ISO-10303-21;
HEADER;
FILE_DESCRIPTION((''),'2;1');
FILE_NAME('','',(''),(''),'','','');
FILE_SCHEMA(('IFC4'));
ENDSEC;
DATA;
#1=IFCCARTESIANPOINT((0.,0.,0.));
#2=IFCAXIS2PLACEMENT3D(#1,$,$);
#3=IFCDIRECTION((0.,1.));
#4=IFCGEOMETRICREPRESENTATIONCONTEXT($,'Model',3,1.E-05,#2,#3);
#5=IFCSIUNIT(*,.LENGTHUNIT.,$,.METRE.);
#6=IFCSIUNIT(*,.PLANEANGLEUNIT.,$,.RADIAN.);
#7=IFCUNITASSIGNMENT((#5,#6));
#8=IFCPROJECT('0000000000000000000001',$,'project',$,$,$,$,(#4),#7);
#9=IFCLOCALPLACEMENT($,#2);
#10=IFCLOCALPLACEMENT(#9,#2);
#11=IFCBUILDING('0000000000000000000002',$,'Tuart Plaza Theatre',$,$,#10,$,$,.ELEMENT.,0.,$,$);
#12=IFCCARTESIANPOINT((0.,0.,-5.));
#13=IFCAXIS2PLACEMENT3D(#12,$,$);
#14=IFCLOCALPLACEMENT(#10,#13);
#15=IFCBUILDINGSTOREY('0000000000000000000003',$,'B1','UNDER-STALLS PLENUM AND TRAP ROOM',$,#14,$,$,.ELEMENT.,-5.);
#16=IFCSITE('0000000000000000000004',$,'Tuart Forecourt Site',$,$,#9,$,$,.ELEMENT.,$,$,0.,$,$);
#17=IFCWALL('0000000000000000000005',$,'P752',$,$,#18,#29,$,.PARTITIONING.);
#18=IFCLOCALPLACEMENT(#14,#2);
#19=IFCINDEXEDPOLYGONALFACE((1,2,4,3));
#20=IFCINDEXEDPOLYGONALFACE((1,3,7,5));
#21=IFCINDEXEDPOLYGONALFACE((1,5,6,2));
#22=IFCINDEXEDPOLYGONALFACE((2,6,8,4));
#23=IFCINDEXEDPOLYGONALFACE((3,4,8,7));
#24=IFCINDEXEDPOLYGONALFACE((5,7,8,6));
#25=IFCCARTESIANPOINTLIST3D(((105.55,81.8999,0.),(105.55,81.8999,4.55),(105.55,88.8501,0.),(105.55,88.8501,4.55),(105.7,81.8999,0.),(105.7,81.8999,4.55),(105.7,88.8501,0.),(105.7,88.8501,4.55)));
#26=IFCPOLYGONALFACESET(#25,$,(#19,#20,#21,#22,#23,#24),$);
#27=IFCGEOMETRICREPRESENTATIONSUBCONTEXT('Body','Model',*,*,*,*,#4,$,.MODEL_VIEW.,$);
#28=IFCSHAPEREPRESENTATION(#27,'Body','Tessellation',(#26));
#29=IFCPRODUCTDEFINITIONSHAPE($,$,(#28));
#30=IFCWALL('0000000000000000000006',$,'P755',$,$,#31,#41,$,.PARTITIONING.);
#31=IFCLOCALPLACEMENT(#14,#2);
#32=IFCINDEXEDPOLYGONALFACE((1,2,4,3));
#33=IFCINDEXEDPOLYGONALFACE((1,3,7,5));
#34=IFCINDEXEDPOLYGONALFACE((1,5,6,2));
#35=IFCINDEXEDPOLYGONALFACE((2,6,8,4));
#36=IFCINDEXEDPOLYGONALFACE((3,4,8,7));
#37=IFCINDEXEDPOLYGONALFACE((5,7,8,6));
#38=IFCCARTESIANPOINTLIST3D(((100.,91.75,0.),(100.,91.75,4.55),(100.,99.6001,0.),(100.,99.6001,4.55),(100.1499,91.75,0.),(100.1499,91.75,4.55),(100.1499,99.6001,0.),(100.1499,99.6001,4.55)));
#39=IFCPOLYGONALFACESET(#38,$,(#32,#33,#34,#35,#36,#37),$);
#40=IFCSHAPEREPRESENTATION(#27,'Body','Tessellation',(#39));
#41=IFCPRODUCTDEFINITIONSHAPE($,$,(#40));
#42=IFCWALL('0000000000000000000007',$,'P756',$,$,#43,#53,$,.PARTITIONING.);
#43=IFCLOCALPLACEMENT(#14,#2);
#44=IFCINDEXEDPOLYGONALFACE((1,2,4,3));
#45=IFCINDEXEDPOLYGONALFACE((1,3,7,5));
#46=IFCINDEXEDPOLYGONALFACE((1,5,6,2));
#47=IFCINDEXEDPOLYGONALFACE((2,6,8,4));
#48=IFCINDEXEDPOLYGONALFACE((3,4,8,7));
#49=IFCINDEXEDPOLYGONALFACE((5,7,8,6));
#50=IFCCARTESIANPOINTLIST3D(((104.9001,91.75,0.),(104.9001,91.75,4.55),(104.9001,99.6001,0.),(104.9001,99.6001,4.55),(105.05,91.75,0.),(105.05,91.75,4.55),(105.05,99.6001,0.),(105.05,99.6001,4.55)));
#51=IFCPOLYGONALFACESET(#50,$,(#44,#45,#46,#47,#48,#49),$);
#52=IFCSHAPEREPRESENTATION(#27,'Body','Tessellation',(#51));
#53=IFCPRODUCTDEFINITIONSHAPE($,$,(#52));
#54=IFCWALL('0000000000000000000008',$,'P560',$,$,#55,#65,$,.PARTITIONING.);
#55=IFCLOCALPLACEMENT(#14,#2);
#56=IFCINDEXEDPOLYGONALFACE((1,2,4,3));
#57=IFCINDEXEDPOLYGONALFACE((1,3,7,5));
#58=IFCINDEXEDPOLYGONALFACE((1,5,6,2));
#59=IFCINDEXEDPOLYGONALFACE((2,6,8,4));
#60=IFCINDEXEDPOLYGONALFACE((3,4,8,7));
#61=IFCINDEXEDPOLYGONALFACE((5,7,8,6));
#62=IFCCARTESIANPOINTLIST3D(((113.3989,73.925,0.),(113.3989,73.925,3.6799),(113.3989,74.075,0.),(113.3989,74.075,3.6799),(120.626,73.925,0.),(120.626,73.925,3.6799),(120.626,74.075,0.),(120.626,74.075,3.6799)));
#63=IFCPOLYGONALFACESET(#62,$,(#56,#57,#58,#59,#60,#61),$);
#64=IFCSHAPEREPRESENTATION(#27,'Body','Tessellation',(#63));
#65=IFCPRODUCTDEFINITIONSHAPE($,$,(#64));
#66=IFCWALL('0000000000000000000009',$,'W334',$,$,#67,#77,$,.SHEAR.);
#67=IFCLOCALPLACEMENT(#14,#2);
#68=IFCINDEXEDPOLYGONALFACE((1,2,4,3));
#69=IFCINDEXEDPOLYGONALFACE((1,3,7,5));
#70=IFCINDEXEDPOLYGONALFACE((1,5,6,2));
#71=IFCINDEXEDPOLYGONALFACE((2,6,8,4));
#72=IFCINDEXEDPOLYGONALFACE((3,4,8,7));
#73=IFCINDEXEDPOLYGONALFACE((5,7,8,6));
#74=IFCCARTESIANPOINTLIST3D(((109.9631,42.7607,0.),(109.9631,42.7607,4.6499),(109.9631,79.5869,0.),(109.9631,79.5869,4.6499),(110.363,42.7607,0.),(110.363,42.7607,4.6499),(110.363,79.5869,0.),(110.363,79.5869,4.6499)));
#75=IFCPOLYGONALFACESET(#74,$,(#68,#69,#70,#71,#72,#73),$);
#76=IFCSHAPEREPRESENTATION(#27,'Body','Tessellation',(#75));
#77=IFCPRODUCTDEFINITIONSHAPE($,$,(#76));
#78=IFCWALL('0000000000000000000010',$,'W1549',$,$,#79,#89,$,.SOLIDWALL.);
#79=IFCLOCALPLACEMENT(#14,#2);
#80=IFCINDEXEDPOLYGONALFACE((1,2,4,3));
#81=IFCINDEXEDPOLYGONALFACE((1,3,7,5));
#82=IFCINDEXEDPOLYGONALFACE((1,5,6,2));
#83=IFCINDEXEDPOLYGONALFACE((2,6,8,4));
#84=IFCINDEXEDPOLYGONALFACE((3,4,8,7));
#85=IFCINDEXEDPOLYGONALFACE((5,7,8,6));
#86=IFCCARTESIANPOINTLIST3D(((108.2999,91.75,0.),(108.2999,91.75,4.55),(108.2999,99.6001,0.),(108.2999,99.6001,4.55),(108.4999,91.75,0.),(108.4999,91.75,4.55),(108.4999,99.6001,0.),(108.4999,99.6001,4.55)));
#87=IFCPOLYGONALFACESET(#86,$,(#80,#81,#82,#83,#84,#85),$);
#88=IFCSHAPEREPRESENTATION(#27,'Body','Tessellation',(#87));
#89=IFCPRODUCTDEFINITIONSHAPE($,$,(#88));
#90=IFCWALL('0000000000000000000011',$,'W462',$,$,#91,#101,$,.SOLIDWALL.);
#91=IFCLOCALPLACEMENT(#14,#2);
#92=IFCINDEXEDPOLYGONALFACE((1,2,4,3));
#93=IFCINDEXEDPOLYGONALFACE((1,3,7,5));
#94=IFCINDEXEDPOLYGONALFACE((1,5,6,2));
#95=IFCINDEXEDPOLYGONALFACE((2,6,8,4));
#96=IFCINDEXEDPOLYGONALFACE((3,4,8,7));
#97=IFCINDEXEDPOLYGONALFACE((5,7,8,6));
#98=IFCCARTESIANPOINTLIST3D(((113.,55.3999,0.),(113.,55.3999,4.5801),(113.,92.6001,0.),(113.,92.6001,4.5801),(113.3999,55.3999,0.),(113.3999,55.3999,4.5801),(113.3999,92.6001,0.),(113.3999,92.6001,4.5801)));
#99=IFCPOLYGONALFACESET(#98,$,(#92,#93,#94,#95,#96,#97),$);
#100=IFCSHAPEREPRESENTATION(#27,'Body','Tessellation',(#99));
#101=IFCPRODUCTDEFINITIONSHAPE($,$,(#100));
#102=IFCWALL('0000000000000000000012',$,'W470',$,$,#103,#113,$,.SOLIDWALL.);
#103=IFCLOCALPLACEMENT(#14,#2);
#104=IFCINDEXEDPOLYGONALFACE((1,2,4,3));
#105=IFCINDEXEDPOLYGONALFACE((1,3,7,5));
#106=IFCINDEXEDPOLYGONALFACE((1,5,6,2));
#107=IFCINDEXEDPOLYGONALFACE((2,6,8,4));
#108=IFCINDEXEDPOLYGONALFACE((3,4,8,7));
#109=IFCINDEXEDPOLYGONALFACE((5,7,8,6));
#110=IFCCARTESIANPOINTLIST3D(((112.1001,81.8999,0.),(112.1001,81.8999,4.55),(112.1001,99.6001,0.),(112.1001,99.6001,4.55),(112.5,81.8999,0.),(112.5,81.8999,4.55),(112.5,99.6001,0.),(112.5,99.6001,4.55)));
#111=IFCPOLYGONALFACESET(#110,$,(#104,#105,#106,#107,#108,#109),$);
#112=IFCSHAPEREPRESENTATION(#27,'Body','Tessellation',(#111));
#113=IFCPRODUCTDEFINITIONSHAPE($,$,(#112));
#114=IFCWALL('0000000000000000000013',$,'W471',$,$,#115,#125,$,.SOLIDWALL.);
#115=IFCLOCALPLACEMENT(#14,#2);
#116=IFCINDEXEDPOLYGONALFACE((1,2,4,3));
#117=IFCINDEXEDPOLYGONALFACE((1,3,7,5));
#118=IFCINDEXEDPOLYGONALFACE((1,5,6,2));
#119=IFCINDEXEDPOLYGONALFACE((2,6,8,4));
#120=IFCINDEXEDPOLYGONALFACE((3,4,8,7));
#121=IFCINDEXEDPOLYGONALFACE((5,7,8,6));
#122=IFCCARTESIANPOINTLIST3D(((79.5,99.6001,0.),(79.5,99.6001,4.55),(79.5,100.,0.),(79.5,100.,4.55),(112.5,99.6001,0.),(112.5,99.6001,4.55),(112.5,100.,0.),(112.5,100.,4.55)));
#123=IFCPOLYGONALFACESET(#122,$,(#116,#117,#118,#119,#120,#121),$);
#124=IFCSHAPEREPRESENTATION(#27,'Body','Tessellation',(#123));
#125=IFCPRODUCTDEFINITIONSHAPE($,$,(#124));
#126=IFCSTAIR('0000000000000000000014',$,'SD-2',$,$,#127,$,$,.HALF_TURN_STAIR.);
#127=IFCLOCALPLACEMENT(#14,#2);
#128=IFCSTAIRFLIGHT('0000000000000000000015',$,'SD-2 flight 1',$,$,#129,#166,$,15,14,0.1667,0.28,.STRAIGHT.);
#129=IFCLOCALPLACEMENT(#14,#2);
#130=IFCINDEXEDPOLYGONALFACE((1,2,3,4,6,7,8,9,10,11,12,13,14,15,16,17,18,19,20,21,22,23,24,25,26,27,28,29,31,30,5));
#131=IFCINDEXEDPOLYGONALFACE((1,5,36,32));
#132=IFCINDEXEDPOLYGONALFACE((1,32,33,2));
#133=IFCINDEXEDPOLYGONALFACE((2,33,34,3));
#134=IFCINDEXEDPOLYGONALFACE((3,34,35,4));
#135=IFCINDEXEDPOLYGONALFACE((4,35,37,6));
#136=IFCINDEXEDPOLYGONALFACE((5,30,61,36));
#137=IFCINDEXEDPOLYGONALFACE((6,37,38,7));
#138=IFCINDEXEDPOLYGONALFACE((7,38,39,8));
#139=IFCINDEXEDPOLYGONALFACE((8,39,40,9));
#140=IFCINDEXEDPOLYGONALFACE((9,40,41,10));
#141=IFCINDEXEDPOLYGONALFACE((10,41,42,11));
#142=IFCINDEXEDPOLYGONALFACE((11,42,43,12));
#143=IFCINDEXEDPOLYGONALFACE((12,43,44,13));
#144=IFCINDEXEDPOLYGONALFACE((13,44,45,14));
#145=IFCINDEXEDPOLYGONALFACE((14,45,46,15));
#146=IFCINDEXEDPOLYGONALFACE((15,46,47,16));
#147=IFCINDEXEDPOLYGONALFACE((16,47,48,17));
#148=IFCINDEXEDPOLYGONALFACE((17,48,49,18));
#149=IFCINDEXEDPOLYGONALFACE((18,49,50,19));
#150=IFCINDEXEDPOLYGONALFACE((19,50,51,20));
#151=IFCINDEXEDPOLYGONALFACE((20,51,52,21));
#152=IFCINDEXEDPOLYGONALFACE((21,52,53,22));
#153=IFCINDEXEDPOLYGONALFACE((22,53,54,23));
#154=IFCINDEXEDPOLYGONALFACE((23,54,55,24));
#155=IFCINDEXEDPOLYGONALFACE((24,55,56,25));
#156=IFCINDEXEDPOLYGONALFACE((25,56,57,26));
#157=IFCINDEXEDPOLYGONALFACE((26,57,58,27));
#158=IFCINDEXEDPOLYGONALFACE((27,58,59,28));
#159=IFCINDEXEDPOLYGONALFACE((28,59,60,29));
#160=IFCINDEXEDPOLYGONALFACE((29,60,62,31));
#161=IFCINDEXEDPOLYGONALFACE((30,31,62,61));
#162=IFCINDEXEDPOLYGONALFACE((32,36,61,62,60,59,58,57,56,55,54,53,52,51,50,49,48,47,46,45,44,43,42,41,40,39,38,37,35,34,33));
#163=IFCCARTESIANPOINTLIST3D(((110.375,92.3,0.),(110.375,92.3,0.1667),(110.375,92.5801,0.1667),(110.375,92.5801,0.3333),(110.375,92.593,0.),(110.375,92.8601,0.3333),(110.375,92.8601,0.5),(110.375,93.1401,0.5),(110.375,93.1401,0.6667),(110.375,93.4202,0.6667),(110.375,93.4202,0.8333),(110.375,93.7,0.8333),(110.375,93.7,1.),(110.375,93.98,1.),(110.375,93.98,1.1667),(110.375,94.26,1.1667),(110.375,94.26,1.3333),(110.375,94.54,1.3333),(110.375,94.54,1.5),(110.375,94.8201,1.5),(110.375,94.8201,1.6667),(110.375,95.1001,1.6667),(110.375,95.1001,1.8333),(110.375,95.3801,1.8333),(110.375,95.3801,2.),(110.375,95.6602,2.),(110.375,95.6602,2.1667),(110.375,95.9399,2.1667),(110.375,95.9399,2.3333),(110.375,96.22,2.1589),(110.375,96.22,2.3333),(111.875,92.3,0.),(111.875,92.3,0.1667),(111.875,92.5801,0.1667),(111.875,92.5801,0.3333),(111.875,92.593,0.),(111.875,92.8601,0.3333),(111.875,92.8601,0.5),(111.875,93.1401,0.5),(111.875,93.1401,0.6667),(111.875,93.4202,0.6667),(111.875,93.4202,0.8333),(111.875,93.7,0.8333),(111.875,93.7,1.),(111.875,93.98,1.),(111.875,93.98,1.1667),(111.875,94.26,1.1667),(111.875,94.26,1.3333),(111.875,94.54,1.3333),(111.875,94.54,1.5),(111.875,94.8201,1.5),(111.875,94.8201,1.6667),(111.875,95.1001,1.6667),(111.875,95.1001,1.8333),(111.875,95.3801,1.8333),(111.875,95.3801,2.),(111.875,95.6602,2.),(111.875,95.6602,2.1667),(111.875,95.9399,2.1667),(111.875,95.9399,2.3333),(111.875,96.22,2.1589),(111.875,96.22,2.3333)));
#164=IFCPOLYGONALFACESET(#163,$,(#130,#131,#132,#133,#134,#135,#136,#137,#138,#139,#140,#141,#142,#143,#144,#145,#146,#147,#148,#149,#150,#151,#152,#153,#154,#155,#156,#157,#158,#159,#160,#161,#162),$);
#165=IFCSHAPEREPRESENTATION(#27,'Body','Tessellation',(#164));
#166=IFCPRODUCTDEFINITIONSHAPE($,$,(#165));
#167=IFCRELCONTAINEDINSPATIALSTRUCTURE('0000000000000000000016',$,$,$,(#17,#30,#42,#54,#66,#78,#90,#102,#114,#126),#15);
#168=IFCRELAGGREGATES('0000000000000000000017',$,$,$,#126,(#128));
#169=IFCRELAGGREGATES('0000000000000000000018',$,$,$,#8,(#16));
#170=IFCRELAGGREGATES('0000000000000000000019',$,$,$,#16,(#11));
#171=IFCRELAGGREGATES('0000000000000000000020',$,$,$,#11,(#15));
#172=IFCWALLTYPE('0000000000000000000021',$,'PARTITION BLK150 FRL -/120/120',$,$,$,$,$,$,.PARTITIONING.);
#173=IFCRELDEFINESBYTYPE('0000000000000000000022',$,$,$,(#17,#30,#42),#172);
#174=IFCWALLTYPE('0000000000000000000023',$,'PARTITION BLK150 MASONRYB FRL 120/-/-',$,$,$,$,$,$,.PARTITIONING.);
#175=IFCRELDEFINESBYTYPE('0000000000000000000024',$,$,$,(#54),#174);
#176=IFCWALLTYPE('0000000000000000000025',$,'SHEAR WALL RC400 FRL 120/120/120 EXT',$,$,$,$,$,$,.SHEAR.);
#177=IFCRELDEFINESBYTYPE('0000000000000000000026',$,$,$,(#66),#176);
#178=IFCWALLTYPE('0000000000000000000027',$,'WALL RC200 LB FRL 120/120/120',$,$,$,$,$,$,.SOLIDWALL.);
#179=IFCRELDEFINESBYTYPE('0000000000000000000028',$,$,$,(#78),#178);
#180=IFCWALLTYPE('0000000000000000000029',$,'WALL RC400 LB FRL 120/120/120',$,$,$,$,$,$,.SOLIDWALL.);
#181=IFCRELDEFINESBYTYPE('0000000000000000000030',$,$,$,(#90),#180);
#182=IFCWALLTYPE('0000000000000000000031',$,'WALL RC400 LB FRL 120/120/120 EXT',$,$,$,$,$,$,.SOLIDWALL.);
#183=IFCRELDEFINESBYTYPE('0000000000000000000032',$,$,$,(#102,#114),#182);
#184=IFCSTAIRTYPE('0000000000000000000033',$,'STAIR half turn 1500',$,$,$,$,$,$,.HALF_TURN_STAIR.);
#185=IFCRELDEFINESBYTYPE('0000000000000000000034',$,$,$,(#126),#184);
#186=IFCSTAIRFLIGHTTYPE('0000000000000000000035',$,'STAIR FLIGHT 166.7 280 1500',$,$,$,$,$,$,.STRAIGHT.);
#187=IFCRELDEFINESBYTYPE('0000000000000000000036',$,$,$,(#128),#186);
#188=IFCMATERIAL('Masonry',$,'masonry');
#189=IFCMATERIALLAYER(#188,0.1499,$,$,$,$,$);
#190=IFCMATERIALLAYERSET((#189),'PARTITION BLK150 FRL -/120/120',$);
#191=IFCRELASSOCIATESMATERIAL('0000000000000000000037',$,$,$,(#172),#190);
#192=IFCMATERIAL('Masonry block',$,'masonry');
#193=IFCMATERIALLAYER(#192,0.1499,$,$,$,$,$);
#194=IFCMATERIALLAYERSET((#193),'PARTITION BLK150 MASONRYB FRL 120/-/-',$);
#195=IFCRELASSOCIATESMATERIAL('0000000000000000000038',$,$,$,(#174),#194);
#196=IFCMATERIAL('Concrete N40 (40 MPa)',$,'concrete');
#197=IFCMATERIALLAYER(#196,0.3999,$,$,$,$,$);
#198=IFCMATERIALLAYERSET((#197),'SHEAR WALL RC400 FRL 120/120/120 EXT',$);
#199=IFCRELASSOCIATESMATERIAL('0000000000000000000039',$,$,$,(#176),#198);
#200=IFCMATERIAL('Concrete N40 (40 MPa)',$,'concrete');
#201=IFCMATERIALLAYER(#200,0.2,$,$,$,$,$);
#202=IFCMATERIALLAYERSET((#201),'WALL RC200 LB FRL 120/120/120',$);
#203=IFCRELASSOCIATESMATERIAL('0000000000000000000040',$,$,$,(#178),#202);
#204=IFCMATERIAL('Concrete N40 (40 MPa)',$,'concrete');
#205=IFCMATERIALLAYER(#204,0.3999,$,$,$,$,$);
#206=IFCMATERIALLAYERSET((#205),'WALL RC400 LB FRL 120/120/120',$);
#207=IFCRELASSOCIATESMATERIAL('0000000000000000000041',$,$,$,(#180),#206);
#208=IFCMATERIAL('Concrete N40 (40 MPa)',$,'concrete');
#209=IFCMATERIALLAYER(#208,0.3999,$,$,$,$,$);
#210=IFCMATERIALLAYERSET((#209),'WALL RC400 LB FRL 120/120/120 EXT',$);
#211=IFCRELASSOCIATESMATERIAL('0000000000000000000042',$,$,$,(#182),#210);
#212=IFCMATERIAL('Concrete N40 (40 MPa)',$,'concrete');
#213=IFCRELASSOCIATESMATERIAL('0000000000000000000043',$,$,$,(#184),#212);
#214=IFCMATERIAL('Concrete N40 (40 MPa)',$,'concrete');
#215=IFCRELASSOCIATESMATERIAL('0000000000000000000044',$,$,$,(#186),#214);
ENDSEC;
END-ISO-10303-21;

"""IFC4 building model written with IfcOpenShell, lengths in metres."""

from ifc_helpers import new_model, si_unit, direction, frame, frame_2d, origin, place, context, subcontext, project, spatial, polyline, rectangle, outline, extrude, material, layer, layer_set, type_object, element, aggregate, save


model = new_model("IFC4")

# Units and contexts
model_context = context("Model", 3, precision=1e-05, world=origin(), true_north=direction((0.0, 1.0)))
body_context = subcontext(model_context, "Body", "Model", "MODEL_VIEW")
ifc_project = project(units=[si_unit("LENGTHUNIT", "METRE"), si_unit("PLANEANGLEUNIT", "RADIAN")], contexts=[model_context])

# Site, building, storey
site_placement = place(None, origin())
site = spatial("IfcSite", under=ifc_project, at=site_placement, Name="Tuart Forecourt Site", CompositionType="ELEMENT", RefElevation=0.0)
building_placement = place(site_placement, origin())
building = spatial("IfcBuilding", under=site, at=building_placement, Name="Tuart Plaza Theatre", CompositionType="ELEMENT", ElevationOfRefHeight=0.0)
storey_placement = place(building_placement, frame((0.0, 0.0, -5.0)))
storey = spatial("IfcBuildingStorey", under=building, at=storey_placement, Name="B1", Description="UNDER-STALLS PLENUM AND TRAP ROOM", CompositionType="ELEMENT", Elevation=-5.0)

# Walls
ifc_material_1 = material(Name="Masonry", Category="masonry")
ifc_layer_1 = layer(ifc_material_1, 0.1499)
ifc_layer_set_1 = layer_set([ifc_layer_1], Name="PARTITION BLK150 FRL -/120/120")
wall_type_1 = type_object("IfcWallType", Name="PARTITION BLK150 FRL -/120/120", PredefinedType="PARTITIONING", material=ifc_layer_set_1)
for number, where, z_axis, x_axis, name in (
    (1, (105.625, 81.8999, 0.0), (0.0, 0.0, 1.0), (0.0, 1.0, 0.0), "P752"),
):
    element("IfcWall", number, at=place(storey_placement, frame(where, z_axis=z_axis, x_axis=x_axis)), inside=storey, type_object=wall_type_1, Name=name, PredefinedType="PARTITIONING", context=body_context, shape_type="SweptSolid", body=[
        extrude(rectangle(XDim=6.9502, YDim=0.1499, at=frame_2d((3.4751, 0.0))), origin(), (0.0, 0.0, 1.0), 4.55),
    ])
for number, where, z_axis, x_axis, name in (
    (2, (100.075, 91.75, 0.0), (0.0, 0.0, 1.0), (0.0, 1.0, 0.0), "P755"),
    (3, (104.9751, 91.75, 0.0), (0.0, 0.0, 1.0), (0.0, 1.0, 0.0), "P756"),
):
    element("IfcWall", number, at=place(storey_placement, frame(where, z_axis=z_axis, x_axis=x_axis)), inside=storey, type_object=wall_type_1, Name=name, PredefinedType="PARTITIONING", context=body_context, shape_type="SweptSolid", body=[
        extrude(rectangle(XDim=7.8501, YDim=0.1499, at=frame_2d((3.925, 0.0))), origin(), (0.0, 0.0, 1.0), 4.55),
    ])
ifc_material_2 = material(Name="Masonry block", Category="masonry")
ifc_layer_2 = layer(ifc_material_2, 0.1499)
ifc_layer_set_2 = layer_set([ifc_layer_2], Name="PARTITION BLK150 MASONRYB FRL 120/-/-")
wall_type_2 = type_object("IfcWallType", Name="PARTITION BLK150 MASONRYB FRL 120/-/-", PredefinedType="PARTITIONING", material=ifc_layer_set_2)
wall_1_placement = place(storey_placement, frame((113.3989, 74.0, 0.0), z_axis=(0.0, 0.0, 1.0), x_axis=(1.0, 0.0, 0.0)))
element("IfcWall", 4, at=wall_1_placement, inside=storey, type_object=wall_type_2, Name="P560", PredefinedType="PARTITIONING", context=body_context, shape_type="SweptSolid", body=[
    extrude(rectangle(XDim=7.2271, YDim=0.1499, at=frame_2d((3.6135, 0.0))), origin(), (0.0, 0.0, 1.0), 3.6799),
])
ifc_material_3 = material(Name="Concrete N40 (40 MPa)", Category="concrete")
ifc_layer_3 = layer(ifc_material_3, 0.3999)
ifc_layer_set_3 = layer_set([ifc_layer_3], Name="SHEAR WALL RC400 FRL 120/120/120 EXT")
wall_type_3 = type_object("IfcWallType", Name="SHEAR WALL RC400 FRL 120/120/120 EXT", PredefinedType="SHEAR", material=ifc_layer_set_3)
wall_2_placement = place(storey_placement, frame((110.1631, 79.5869, 0.0), z_axis=(0.0, 0.0, 1.0), x_axis=(0.0, -1.0, 0.0)))
element("IfcWall", 5, at=wall_2_placement, inside=storey, type_object=wall_type_3, Name="W334", PredefinedType="SHEAR", context=body_context, shape_type="SweptSolid", body=[
    extrude(rectangle(XDim=36.8262, YDim=0.3999, at=frame_2d((18.4131, 0.0))), origin(), (0.0, 0.0, 1.0), 4.6499),
])
ifc_material_4 = material(Name="Concrete N40 (40 MPa)", Category="concrete")
ifc_layer_4 = layer(ifc_material_4, 0.2)
ifc_layer_set_4 = layer_set([ifc_layer_4], Name="WALL RC200 LB FRL 120/120/120")
wall_type_4 = type_object("IfcWallType", Name="WALL RC200 LB FRL 120/120/120", PredefinedType="SOLIDWALL", material=ifc_layer_set_4)
wall_3_placement = place(storey_placement, frame((108.3999, 91.75, 0.0), z_axis=(0.0, 0.0, 1.0), x_axis=(0.0, 1.0, 0.0)))
element("IfcWall", 6, at=wall_3_placement, inside=storey, type_object=wall_type_4, Name="W1549", PredefinedType="SOLIDWALL", context=body_context, shape_type="SweptSolid", body=[
    extrude(rectangle(XDim=7.8501, YDim=0.2, at=frame_2d((3.925, 0.0))), origin(), (0.0, 0.0, 1.0), 4.55),
])
ifc_material_5 = material(Name="Concrete N40 (40 MPa)", Category="concrete")
ifc_layer_5 = layer(ifc_material_5, 0.3999)
ifc_layer_set_5 = layer_set([ifc_layer_5], Name="WALL RC400 LB FRL 120/120/120")
wall_type_5 = type_object("IfcWallType", Name="WALL RC400 LB FRL 120/120/120", PredefinedType="SOLIDWALL", material=ifc_layer_set_5)
wall_4_placement = place(storey_placement, frame((113.2, 92.6001, 0.0), z_axis=(0.0, 0.0, 1.0), x_axis=(0.0, -1.0, 0.0)))
element("IfcWall", 7, at=wall_4_placement, inside=storey, type_object=wall_type_5, Name="W462", PredefinedType="SOLIDWALL", context=body_context, shape_type="SweptSolid", body=[
    extrude(rectangle(XDim=37.2002, YDim=0.3999, at=frame_2d((18.6001, 0.0))), origin(), (0.0, 0.0, 1.0), 4.5801),
])
ifc_material_6 = material(Name="Concrete N40 (40 MPa)", Category="concrete")
ifc_layer_6 = layer(ifc_material_6, 0.3999)
ifc_layer_set_6 = layer_set([ifc_layer_6], Name="WALL RC400 LB FRL 120/120/120 EXT")
wall_type_6 = type_object("IfcWallType", Name="WALL RC400 LB FRL 120/120/120 EXT", PredefinedType="SOLIDWALL", material=ifc_layer_set_6)
wall_5_placement = place(storey_placement, frame((112.3, 81.8999, 0.0), z_axis=(0.0, 0.0, 1.0), x_axis=(0.0, 1.0, 0.0)))
element("IfcWall", 8, at=wall_5_placement, inside=storey, type_object=wall_type_6, Name="W470", PredefinedType="SOLIDWALL", context=body_context, shape_type="SweptSolid", body=[
    extrude(rectangle(XDim=17.7002, YDim=0.3999, at=frame_2d((8.8501, 0.0))), origin(), (0.0, 0.0, 1.0), 4.55),
])
wall_6_placement = place(storey_placement, frame((112.5, 99.8, 0.0), z_axis=(0.0, 0.0, 1.0), x_axis=(-1.0, 0.0, 0.0)))
element("IfcWall", 9, at=wall_6_placement, inside=storey, type_object=wall_type_6, Name="W471", PredefinedType="SOLIDWALL", context=body_context, shape_type="SweptSolid", body=[
    extrude(rectangle(XDim=33.0, YDim=0.3999, at=frame_2d((16.5, 0.0))), origin(), (0.0, 0.0, 1.0), 4.55),
])

# Stair, stair flight
ifc_material_7 = material(Name="Concrete N40 (40 MPa)", Category="concrete")
stair_type = type_object("IfcStairType", Name="STAIR half turn 1500", PredefinedType="HALF_TURN_STAIR", material=ifc_material_7)
stair_placement = place(storey_placement, origin())
stair = element("IfcStair", 10, at=stair_placement, inside=storey, type_object=stair_type, Name="SD-2", PredefinedType="HALF_TURN_STAIR")
ifc_material_8 = material(Name="Concrete N40 (40 MPa)", Category="concrete")
stair_flight_type = type_object("IfcStairFlightType", Name="STAIR FLIGHT 166.7 280 1500", PredefinedType="STRAIGHT", material=ifc_material_8)
stair_flight_1_placement = place(storey_placement, frame((111.125, 92.3, 0.0), z_axis=(0.0, 0.0, 1.0), x_axis=(0.0, 1.0, 0.0)))
stair_flight_1 = element("IfcStairFlight", 11, at=stair_flight_1_placement, type_object=stair_flight_type, Name="SD-2 flight 1", NumberOfRisers=15, NumberOfTreads=14, PredefinedType="STRAIGHT", RiserHeight=0.1667, TreadLength=0.28, context=body_context, shape_type="SweptSolid", body=[
    extrude(outline(polyline([(0.0, 0.0), (0.0, 0.1667), (0.28, 0.1667), (0.28, 0.3333), (0.5601, 0.3333), (0.5601, 0.5), (0.8401, 0.5), (0.8401, 0.6667), (1.1201, 0.6667), (1.1201, 0.8333), (1.3999, 0.8333), (1.3999, 1.0), (1.6799, 1.0), (1.6799, 1.1667), (1.96, 1.1667), (1.96, 1.3333), (2.24, 1.3333), (2.24, 1.5), (2.52, 1.5), (2.52, 1.6667), (2.8, 1.6667), (2.8, 1.8333), (3.0801, 1.8333), (3.0801, 2.0), (3.3601, 2.0), (3.3601, 2.1667), (3.6399, 2.1667), (3.6399, 2.3333), (3.9199, 2.3333), (3.9199, 2.5), (3.9199, 2.1589), (0.293, 0.0), (0.0, 0.0)])), frame((0.0, 0.75, 0.0), z_axis=(0.0, -1.0, 0.0), x_axis=(1.0, 0.0, 0.0)), (0.0, 0.0, 1.0), 1.5),
])
aggregate(stair, [stair_flight_1])

save(model, "model.ifc")
